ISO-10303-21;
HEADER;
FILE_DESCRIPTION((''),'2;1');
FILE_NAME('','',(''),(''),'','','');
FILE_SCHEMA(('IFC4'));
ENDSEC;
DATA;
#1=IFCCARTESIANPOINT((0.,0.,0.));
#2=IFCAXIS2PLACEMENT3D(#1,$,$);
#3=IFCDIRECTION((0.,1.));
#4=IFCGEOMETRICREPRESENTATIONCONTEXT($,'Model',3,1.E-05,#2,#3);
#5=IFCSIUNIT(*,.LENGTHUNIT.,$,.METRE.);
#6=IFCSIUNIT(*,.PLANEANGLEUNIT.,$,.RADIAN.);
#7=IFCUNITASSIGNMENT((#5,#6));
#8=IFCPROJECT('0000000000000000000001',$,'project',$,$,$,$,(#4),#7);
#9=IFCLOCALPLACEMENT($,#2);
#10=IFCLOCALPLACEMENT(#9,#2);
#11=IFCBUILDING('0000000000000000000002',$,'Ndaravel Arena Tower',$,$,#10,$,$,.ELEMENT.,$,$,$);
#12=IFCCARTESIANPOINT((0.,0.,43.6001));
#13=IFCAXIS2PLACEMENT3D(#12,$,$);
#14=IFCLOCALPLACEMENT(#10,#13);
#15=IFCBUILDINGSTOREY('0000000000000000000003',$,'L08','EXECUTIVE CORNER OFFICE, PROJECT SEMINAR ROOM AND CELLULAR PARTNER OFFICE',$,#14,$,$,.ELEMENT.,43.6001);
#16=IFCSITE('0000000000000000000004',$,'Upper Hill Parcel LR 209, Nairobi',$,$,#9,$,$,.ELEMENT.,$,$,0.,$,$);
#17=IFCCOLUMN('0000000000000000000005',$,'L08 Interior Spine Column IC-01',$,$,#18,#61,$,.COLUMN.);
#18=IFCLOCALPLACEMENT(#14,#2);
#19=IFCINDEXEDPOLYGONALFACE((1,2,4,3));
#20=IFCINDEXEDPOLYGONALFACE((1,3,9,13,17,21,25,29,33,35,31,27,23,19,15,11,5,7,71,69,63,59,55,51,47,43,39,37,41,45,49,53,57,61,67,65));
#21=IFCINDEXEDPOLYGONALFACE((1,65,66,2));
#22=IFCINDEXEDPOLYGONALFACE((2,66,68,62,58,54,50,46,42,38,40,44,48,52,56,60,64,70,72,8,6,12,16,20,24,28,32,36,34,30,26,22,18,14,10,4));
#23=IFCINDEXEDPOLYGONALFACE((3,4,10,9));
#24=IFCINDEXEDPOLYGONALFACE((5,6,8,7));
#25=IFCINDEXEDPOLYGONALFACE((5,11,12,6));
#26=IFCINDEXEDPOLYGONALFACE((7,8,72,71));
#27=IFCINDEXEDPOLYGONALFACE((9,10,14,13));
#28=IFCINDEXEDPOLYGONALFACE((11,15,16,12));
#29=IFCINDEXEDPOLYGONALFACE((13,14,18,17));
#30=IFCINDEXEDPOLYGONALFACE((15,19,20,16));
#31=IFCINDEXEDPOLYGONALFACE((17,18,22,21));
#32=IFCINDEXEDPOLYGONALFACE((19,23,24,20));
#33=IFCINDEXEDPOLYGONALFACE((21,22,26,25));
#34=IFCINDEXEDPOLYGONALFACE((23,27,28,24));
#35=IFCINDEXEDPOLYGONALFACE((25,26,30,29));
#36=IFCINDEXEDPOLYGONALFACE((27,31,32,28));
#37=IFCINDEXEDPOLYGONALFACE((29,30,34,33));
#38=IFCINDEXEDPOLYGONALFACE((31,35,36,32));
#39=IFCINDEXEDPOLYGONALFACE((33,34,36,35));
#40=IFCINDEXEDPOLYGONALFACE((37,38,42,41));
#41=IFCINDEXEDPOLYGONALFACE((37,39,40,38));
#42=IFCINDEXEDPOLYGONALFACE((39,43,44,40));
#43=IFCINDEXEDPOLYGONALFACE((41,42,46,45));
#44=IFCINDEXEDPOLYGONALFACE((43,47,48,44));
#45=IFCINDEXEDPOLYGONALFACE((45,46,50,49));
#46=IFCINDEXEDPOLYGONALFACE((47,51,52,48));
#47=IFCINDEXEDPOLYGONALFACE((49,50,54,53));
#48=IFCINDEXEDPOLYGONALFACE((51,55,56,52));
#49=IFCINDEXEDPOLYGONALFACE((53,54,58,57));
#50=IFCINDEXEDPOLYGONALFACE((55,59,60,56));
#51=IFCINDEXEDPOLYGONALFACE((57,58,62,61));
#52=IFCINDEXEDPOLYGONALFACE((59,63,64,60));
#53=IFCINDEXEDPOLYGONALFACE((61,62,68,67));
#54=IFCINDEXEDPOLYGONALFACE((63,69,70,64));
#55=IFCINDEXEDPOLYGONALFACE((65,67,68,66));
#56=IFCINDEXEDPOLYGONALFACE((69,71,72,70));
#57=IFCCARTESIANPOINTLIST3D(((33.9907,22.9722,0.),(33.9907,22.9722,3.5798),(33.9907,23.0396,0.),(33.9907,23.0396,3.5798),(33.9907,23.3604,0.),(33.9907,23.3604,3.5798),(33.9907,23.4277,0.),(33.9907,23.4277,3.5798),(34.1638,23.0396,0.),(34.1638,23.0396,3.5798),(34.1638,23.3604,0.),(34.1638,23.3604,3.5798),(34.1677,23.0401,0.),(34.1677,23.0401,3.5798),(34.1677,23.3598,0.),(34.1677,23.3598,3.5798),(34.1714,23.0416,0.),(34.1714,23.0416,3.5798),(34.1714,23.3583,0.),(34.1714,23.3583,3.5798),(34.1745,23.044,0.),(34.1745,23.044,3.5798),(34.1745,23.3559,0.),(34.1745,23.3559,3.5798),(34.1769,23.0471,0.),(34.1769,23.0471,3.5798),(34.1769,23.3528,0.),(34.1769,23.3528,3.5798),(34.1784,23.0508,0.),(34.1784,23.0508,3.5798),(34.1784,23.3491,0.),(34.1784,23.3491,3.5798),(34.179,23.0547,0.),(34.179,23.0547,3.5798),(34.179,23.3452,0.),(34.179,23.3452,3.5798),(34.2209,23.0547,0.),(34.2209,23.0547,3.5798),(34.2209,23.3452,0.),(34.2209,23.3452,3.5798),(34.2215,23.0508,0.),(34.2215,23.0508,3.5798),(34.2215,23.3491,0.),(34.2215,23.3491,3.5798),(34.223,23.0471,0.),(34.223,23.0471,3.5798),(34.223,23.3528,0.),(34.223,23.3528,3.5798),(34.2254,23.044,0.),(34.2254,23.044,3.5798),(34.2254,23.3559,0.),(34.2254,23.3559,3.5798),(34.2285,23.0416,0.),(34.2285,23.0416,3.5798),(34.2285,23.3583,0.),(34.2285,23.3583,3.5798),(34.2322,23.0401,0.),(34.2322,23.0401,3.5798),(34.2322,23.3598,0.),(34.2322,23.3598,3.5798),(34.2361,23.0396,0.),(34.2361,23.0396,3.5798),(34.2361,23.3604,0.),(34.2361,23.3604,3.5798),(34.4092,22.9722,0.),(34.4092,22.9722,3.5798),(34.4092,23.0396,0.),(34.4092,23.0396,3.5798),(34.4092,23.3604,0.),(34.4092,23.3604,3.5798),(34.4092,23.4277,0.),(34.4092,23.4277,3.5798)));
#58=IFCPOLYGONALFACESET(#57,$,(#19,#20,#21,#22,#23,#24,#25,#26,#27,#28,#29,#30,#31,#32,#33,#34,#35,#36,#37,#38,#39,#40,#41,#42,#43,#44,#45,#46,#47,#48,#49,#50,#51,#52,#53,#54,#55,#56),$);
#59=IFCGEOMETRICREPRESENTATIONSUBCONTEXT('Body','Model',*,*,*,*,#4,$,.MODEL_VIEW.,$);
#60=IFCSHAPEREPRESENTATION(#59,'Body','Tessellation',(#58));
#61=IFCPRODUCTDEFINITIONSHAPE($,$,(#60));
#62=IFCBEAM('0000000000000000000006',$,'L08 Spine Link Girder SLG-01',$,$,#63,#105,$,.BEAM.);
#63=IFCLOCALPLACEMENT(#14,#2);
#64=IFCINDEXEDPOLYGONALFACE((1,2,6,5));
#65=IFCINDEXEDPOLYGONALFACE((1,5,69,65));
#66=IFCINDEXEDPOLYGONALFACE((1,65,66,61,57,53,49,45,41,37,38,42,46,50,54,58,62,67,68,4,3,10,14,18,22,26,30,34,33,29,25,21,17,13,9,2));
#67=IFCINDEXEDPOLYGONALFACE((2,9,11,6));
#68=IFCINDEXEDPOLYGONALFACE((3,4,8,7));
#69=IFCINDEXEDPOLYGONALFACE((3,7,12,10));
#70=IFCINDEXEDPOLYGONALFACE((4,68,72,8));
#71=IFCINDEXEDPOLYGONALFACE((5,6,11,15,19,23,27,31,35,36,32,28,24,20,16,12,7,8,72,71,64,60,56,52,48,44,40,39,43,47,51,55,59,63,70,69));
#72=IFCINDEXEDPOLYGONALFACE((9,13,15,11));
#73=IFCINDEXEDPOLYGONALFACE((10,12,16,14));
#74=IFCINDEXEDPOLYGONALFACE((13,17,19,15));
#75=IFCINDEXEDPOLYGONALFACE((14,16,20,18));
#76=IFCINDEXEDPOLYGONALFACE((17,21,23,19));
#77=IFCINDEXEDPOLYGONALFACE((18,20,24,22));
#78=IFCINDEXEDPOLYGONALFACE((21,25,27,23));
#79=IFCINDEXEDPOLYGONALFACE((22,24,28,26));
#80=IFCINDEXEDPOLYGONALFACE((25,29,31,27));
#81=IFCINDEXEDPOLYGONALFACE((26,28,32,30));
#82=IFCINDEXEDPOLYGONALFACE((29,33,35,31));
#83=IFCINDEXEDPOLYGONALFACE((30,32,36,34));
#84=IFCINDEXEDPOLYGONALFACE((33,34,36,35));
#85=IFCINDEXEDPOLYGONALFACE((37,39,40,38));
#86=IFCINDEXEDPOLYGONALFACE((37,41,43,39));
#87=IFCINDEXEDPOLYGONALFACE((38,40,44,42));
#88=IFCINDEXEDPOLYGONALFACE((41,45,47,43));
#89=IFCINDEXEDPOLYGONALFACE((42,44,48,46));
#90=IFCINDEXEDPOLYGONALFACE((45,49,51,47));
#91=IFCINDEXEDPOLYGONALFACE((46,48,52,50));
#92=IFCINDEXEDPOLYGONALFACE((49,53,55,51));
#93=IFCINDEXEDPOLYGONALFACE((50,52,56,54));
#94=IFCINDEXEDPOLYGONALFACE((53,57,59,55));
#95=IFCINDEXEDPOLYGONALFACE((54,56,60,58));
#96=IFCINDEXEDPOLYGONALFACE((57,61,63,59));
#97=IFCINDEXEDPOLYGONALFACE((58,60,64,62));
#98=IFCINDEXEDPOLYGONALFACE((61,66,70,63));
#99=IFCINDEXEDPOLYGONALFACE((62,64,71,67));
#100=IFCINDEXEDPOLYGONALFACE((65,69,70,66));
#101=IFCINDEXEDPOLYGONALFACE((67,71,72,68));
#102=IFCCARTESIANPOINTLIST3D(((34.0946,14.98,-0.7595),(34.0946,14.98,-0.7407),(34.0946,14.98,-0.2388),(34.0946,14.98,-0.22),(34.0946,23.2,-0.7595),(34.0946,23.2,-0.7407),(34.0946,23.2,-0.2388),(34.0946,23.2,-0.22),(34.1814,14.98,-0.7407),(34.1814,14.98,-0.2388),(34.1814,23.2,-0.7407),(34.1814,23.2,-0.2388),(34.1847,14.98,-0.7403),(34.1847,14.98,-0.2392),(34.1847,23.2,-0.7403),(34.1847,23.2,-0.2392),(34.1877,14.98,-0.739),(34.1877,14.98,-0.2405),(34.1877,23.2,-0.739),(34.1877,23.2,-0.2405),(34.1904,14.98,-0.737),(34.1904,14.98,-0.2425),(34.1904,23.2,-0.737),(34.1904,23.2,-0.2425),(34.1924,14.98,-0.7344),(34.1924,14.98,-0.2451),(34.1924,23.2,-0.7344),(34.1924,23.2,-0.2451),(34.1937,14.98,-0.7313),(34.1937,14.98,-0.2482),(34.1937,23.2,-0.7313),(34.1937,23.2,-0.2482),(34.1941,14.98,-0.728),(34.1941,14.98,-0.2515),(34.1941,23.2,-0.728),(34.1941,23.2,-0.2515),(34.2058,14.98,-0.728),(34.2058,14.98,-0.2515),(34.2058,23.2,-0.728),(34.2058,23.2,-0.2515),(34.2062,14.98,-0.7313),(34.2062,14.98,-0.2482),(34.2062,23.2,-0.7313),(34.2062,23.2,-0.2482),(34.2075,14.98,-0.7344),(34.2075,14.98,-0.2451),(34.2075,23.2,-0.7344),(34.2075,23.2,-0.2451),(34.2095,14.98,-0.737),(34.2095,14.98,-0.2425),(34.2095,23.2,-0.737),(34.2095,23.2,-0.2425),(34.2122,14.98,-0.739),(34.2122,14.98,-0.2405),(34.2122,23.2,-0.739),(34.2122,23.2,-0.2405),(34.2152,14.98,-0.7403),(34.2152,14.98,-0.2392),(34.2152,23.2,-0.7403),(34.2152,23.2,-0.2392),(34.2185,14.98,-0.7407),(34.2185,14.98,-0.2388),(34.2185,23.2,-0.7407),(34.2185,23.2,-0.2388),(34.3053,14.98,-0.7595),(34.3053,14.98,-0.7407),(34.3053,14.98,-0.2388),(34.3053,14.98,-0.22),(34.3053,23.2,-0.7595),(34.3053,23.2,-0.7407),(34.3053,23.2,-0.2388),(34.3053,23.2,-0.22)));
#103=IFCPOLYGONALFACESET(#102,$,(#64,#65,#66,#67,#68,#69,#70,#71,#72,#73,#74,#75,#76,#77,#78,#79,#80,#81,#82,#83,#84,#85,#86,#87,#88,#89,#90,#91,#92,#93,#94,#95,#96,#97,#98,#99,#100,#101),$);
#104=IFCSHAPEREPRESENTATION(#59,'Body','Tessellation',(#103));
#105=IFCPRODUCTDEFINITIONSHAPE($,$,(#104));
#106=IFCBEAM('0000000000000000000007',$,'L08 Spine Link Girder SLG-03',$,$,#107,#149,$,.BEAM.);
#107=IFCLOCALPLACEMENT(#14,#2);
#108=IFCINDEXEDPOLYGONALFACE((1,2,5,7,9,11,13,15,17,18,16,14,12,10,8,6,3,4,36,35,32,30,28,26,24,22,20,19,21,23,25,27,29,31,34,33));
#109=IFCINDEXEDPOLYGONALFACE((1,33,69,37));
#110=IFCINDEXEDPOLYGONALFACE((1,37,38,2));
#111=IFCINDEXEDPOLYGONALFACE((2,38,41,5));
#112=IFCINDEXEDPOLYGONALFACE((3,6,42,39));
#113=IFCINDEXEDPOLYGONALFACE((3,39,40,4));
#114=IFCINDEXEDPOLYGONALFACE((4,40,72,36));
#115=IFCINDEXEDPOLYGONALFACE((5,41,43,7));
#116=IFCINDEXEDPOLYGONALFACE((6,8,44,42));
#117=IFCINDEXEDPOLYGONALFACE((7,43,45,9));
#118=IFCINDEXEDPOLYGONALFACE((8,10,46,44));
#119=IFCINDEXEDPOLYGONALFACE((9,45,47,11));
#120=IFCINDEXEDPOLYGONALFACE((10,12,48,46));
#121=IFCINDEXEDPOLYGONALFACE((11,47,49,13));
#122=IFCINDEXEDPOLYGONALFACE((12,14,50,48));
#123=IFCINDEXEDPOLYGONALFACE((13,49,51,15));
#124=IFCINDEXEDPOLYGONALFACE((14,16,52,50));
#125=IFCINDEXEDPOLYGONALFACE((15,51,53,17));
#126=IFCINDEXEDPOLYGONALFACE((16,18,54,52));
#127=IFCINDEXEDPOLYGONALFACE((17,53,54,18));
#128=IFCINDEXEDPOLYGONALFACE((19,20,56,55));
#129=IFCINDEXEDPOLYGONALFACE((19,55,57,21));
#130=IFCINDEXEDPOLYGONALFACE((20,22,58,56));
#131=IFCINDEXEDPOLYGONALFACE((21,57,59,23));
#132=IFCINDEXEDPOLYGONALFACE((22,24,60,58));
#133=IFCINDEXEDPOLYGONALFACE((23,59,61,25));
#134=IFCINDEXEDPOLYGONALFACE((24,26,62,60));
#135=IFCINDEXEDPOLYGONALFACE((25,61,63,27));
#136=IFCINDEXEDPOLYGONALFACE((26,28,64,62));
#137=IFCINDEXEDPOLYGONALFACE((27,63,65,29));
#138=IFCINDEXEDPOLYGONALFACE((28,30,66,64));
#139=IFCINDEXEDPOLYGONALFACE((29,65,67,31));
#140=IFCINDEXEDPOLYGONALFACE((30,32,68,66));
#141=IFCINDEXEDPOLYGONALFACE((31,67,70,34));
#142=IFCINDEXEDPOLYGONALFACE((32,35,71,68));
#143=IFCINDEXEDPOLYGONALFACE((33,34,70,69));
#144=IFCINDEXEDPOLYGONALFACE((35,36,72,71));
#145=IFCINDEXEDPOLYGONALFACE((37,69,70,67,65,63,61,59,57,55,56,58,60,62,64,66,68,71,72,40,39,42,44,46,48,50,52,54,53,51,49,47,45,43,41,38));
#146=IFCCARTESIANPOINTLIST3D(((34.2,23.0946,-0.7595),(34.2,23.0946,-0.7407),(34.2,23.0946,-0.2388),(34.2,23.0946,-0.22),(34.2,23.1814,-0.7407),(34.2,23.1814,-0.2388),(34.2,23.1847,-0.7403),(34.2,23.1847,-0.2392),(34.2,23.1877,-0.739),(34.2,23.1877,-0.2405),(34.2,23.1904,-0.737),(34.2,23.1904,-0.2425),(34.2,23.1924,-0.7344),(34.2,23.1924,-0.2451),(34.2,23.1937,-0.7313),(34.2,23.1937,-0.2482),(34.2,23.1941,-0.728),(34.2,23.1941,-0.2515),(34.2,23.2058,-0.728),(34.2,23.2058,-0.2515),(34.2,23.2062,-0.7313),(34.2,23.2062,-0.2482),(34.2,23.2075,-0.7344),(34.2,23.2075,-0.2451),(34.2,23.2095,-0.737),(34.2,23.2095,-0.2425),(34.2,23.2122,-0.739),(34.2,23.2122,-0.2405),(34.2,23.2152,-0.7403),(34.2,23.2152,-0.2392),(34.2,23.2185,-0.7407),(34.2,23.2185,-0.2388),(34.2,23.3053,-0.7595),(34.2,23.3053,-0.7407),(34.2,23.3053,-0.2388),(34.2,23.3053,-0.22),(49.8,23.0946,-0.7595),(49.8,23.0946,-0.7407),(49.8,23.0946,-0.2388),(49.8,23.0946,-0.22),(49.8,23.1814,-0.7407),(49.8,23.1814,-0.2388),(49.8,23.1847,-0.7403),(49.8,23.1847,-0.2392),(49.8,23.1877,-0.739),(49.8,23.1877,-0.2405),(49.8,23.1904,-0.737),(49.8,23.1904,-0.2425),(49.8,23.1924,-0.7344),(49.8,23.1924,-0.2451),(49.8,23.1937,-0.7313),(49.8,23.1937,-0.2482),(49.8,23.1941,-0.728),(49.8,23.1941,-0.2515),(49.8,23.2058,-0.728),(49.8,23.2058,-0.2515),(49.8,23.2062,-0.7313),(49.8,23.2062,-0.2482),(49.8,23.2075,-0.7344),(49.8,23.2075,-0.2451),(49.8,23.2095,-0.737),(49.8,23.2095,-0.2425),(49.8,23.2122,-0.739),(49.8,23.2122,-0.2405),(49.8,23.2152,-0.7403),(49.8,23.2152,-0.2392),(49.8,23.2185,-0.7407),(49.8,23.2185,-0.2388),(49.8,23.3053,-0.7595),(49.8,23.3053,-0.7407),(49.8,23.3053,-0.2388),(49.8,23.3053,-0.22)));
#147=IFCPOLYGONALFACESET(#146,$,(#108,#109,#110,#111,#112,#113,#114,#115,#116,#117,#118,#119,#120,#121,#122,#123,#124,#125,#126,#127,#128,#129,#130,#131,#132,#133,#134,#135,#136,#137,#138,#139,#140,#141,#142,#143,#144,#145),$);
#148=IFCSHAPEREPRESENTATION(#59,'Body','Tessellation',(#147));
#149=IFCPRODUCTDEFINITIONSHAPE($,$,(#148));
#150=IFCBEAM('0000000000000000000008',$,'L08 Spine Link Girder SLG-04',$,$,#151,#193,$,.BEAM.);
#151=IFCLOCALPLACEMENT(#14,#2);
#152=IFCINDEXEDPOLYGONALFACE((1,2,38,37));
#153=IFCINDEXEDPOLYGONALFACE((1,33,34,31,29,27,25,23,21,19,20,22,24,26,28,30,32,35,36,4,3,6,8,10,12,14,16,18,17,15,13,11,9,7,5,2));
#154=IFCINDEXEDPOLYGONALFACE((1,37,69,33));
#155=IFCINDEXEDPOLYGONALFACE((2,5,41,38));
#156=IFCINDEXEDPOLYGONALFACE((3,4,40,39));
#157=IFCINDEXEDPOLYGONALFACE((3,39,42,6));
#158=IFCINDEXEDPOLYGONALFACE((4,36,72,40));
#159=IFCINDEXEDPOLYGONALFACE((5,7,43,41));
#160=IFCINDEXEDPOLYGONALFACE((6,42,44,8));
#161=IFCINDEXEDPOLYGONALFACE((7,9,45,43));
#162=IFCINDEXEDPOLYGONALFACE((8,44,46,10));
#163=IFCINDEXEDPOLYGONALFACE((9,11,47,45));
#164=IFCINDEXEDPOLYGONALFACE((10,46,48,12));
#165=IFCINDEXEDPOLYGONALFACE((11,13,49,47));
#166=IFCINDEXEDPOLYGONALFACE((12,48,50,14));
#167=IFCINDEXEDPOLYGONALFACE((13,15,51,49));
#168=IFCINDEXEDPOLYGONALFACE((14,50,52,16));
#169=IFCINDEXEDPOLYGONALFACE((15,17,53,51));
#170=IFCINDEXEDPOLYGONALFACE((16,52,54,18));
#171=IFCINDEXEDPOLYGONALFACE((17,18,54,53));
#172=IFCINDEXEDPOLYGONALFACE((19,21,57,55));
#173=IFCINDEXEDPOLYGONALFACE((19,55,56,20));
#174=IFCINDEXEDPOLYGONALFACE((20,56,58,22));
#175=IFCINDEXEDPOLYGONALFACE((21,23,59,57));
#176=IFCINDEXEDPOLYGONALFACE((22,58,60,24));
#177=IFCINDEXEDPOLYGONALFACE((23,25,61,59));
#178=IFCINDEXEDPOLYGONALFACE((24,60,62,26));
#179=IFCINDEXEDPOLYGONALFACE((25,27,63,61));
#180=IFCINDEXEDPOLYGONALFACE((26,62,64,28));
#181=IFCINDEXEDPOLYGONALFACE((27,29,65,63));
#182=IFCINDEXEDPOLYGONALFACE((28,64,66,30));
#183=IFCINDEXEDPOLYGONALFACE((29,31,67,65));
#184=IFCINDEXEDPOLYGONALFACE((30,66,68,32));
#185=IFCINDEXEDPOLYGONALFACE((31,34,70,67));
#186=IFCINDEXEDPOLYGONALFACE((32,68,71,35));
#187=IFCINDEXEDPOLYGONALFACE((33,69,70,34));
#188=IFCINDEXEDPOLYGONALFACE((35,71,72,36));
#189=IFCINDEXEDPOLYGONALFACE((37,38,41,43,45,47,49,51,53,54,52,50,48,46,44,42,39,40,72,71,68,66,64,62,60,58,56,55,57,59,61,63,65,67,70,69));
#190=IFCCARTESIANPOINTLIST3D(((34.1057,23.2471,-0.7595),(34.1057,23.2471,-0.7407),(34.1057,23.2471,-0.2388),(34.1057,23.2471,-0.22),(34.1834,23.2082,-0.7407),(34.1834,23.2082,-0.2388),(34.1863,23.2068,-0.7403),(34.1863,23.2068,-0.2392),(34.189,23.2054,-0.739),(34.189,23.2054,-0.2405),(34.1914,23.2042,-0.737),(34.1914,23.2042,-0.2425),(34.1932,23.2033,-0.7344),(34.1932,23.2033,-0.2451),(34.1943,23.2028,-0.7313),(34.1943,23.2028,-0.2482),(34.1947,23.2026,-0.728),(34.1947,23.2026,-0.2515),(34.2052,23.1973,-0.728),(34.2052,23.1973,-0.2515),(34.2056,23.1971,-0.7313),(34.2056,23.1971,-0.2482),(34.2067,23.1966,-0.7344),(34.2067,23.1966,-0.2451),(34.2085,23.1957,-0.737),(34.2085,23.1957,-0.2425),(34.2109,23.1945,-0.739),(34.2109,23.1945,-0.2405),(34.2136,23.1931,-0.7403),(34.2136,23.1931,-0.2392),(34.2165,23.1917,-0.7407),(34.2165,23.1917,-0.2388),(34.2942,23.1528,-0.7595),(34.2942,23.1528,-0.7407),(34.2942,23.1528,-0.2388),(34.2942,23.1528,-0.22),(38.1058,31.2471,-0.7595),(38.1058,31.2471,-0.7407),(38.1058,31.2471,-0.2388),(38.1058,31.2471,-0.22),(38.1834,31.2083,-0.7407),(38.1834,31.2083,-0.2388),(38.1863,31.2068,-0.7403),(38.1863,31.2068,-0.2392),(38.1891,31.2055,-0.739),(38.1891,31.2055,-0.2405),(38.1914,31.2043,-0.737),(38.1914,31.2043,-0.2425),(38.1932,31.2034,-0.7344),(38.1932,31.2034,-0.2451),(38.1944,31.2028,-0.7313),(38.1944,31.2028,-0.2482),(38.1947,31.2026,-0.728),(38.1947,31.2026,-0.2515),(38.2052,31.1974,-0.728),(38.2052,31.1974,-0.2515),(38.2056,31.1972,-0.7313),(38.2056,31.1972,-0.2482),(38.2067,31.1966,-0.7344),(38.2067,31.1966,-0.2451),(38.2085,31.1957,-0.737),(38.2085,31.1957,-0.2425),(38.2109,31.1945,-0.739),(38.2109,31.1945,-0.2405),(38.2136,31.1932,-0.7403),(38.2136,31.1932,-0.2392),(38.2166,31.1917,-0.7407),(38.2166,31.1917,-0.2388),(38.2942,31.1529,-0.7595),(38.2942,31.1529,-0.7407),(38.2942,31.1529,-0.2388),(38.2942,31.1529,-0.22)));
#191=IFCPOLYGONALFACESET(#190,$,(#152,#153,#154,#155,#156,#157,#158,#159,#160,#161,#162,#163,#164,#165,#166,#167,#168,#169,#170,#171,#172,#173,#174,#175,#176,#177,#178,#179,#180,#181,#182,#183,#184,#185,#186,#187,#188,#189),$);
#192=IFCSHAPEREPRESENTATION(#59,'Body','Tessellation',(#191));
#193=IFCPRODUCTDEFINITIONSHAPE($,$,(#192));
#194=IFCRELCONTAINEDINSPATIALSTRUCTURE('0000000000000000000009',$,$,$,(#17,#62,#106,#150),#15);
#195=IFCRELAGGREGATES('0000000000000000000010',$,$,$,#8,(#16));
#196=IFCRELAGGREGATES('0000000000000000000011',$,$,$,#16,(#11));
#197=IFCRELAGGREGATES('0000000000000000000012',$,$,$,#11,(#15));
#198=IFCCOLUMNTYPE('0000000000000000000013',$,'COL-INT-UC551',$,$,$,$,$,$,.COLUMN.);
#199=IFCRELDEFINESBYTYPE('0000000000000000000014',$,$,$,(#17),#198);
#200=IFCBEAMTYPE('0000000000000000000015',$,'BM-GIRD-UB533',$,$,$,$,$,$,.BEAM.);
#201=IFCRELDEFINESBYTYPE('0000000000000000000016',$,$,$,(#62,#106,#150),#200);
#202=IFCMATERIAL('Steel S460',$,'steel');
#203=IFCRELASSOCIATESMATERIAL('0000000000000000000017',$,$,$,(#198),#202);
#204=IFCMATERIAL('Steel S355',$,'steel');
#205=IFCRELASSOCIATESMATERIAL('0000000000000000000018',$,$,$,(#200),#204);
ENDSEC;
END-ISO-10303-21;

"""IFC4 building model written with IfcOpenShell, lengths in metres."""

from ifc_helpers import new_model, si_unit, direction, frame, origin, origin_2d, place, context, subcontext, project, spatial, i_section, extrude, material, material_profile, profile_set, type_object, element, save


model = new_model("IFC4")

# Units and contexts
model_context = context("Model", 3, precision=1e-05, world=origin(), true_north=direction((0.0, 1.0)))
body_context = subcontext(model_context, "Body", "Model", "MODEL_VIEW")
ifc_project = project(units=[si_unit("LENGTHUNIT", "METRE"), si_unit("PLANEANGLEUNIT", "RADIAN")], contexts=[model_context])

# Site, building, storey
site_placement = place(None, origin())
site = spatial("IfcSite", under=ifc_project, at=site_placement, Name="Upper Hill Parcel LR 209, Nairobi", CompositionType="ELEMENT", RefElevation=0.0)
building_placement = place(site_placement, origin())
building = spatial("IfcBuilding", under=site, at=building_placement, Name="Ndaravel Arena Tower", CompositionType="ELEMENT")
storey_placement = place(building_placement, frame((0.0, 0.0, 43.6001)))
storey = spatial("IfcBuildingStorey", under=building, at=storey_placement, Name="L08", Description="EXECUTIVE CORNER OFFICE, PROJECT SEMINAR ROOM AND CELLULAR PARTNER OFFICE", CompositionType="ELEMENT", Elevation=43.6001)

# Column
ifc_material_1 = material(Name="Steel S460", Category="steel")
ifc_material_profile_1 = material_profile(ifc_material_1, i_section(OverallWidth=0.4185, OverallDepth=0.4556, WebThickness=0.042, FlangeThickness=0.0674, FilletRadius=0.0151, at=origin_2d()), Name="UC 356x406x551")
ifc_profile_set_1 = profile_set([ifc_material_profile_1], Name="Steel S460")
column_type = type_object("IfcColumnType", Name="COL-INT-UC551", PredefinedType="COLUMN", material=ifc_profile_set_1)
column_placement = place(storey_placement, frame((34.2, 23.2, 0.0), z_axis=(0.0, 0.0, 1.0), x_axis=(1.0, 0.0, 0.0)))
element("IfcColumn", 1, at=column_placement, inside=storey, type_object=column_type, Name="L08 Interior Spine Column IC-01", PredefinedType="COLUMN", context=body_context, shape_type="SweptSolid", body=[
    extrude(i_section(OverallWidth=0.4185, OverallDepth=0.4556, WebThickness=0.042, FlangeThickness=0.0674, FilletRadius=0.0151, at=origin_2d()), origin(), (0.0, 0.0, 1.0), 3.5798),
])

# Beams
ifc_material_2 = material(Name="Steel S355", Category="steel")
ifc_material_profile_2 = material_profile(ifc_material_2, i_section(OverallWidth=0.2107, OverallDepth=0.5396, WebThickness=0.0117, FlangeThickness=0.0188, FilletRadius=0.0127, at=origin_2d()), Name="UB 533x210x109")
ifc_profile_set_2 = profile_set([ifc_material_profile_2], Name="Steel S355")
beam_type_1 = type_object("IfcBeamType", Name="BM-GIRD-UB533", PredefinedType="BEAM", material=ifc_profile_set_2)
beam_1_placement = place(storey_placement, frame((34.2, 14.98, -0.4897), z_axis=(0.0, 1.0, 0.0), x_axis=(-1.0, 0.0, 0.0)))
element("IfcBeam", 2, at=beam_1_placement, inside=storey, type_object=beam_type_1, Name="L08 Spine Link Girder SLG-01", PredefinedType="BEAM", context=body_context, shape_type="SweptSolid", body=[
    extrude(i_section(OverallWidth=0.2107, OverallDepth=0.5396, WebThickness=0.0117, FlangeThickness=0.0188, FilletRadius=0.0127, at=origin_2d()), origin(), (0.0, 0.0, 1.0), 8.22),
])
beam_2_placement = place(storey_placement, frame((34.2, 23.2, -0.4897), z_axis=(1.0, 0.0, 0.0), x_axis=(0.0, 1.0, 0.0)))
element("IfcBeam", 3, at=beam_2_placement, inside=storey, type_object=beam_type_1, Name="L08 Spine Link Girder SLG-03", PredefinedType="BEAM", context=body_context, shape_type="SweptSolid", body=[
    extrude(i_section(OverallWidth=0.2107, OverallDepth=0.5396, WebThickness=0.0117, FlangeThickness=0.0188, FilletRadius=0.0127, at=origin_2d()), origin(), (0.0, 0.0, 1.0), 15.6001),
])
beam_3_placement = place(storey_placement, frame((34.2, 23.2, -0.4897), z_axis=(0.447214, 0.894427, 0.0), x_axis=(-0.894427, 0.447214, 0.0)))
element("IfcBeam", 4, at=beam_3_placement, inside=storey, type_object=beam_type_1, Name="L08 Spine Link Girder SLG-04", PredefinedType="BEAM", context=body_context, shape_type="SweptSolid", body=[
    extrude(i_section(OverallWidth=0.2107, OverallDepth=0.5396, WebThickness=0.0117, FlangeThickness=0.0188, FilletRadius=0.0127, at=origin_2d()), origin(), (0.0, 0.0, 1.0), 8.9443),
])

save(model, "model.ifc")
